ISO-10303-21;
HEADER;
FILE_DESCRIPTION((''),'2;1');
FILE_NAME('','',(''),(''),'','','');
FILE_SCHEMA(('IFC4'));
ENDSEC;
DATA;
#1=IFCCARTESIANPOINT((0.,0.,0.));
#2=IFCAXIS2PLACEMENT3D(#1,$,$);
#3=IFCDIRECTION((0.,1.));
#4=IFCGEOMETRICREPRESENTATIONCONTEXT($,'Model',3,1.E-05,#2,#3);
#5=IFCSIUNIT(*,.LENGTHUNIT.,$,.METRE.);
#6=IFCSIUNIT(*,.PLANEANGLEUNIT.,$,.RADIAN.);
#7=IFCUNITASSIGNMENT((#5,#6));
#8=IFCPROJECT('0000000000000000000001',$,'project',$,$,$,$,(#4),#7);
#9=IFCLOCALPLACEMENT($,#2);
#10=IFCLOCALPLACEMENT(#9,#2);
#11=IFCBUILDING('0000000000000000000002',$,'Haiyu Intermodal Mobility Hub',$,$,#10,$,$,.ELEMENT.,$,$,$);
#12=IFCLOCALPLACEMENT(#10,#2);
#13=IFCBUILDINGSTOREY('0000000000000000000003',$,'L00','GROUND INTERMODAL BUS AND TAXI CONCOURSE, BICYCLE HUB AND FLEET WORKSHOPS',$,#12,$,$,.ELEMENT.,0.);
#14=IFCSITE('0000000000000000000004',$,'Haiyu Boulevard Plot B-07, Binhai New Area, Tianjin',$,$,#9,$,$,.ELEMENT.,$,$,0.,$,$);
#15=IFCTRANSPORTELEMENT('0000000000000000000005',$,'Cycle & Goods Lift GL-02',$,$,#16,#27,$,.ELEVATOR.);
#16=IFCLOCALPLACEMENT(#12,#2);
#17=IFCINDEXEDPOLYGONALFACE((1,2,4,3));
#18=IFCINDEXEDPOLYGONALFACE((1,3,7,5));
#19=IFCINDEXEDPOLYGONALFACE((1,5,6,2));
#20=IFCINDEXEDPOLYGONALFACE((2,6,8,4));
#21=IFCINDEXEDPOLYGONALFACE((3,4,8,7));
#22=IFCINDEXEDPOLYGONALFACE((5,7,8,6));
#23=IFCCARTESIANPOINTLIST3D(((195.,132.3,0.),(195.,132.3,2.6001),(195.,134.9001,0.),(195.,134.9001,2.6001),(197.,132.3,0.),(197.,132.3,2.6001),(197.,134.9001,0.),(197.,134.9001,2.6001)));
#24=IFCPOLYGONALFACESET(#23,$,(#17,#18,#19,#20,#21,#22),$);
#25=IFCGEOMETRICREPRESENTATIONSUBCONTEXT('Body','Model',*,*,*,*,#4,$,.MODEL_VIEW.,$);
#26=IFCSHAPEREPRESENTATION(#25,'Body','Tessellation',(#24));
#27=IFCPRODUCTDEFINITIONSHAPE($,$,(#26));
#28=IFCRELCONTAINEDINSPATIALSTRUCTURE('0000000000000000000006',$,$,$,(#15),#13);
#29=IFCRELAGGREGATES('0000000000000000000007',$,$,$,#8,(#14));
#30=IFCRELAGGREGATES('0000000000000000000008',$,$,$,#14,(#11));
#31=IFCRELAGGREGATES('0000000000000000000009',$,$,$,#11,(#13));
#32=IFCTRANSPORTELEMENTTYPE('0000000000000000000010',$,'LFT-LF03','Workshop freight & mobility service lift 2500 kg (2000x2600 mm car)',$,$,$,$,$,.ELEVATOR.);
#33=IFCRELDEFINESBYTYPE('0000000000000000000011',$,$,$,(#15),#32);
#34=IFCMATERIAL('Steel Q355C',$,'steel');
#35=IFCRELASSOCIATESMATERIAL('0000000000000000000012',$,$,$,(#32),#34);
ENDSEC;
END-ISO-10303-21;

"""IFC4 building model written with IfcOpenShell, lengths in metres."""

from ifc_helpers import new_model, si_unit, direction, frame, origin, origin_2d, place, context, subcontext, project, spatial, rectangle, extrude, material, type_object, element, save


model = new_model("IFC4")

# Units and contexts
model_context = context("Model", 3, precision=1e-05, world=origin(), true_north=direction((0.0, 1.0)))
body_context = subcontext(model_context, "Body", "Model", "MODEL_VIEW")
ifc_project = project(units=[si_unit("LENGTHUNIT", "METRE"), si_unit("PLANEANGLEUNIT", "RADIAN")], contexts=[model_context])

# Site, building, storey
site_placement = place(None, origin())
site = spatial("IfcSite", under=ifc_project, at=site_placement, Name="Haiyu Boulevard Plot B-07, Binhai New Area, Tianjin", CompositionType="ELEMENT", RefElevation=0.0)
building_placement = place(site_placement, origin())
building = spatial("IfcBuilding", under=site, at=building_placement, Name="Haiyu Intermodal Mobility Hub", CompositionType="ELEMENT")
storey_placement = place(building_placement, origin())
storey = spatial("IfcBuildingStorey", under=building, at=storey_placement, Name="L00", Description="GROUND INTERMODAL BUS AND TAXI CONCOURSE, BICYCLE HUB AND FLEET WORKSHOPS", CompositionType="ELEMENT", Elevation=0.0)

# Transport element
ifc_material_1 = material(Name="Steel Q355C", Category="steel")
transport_element_type = type_object("IfcTransportElementType", Name="LFT-LF03", Description="Workshop freight & mobility service lift 2500 kg (2000x2600 mm car)", PredefinedType="ELEVATOR", material=ifc_material_1)
transport_element_placement = place(storey_placement, frame((196.0, 133.6001, 0.0), z_axis=(0.0, 0.0, 1.0), x_axis=(1.0, 0.0, 0.0)))
element("IfcTransportElement", 1, at=transport_element_placement, inside=storey, type_object=transport_element_type, Name="Cycle & Goods Lift GL-02", PredefinedType="ELEVATOR", context=body_context, shape_type="SweptSolid", body=[
    extrude(rectangle(XDim=2.0, YDim=2.6001, at=origin_2d()), origin(), (0.0, 0.0, 1.0), 2.6001),
])

save(model, "model.ifc")
